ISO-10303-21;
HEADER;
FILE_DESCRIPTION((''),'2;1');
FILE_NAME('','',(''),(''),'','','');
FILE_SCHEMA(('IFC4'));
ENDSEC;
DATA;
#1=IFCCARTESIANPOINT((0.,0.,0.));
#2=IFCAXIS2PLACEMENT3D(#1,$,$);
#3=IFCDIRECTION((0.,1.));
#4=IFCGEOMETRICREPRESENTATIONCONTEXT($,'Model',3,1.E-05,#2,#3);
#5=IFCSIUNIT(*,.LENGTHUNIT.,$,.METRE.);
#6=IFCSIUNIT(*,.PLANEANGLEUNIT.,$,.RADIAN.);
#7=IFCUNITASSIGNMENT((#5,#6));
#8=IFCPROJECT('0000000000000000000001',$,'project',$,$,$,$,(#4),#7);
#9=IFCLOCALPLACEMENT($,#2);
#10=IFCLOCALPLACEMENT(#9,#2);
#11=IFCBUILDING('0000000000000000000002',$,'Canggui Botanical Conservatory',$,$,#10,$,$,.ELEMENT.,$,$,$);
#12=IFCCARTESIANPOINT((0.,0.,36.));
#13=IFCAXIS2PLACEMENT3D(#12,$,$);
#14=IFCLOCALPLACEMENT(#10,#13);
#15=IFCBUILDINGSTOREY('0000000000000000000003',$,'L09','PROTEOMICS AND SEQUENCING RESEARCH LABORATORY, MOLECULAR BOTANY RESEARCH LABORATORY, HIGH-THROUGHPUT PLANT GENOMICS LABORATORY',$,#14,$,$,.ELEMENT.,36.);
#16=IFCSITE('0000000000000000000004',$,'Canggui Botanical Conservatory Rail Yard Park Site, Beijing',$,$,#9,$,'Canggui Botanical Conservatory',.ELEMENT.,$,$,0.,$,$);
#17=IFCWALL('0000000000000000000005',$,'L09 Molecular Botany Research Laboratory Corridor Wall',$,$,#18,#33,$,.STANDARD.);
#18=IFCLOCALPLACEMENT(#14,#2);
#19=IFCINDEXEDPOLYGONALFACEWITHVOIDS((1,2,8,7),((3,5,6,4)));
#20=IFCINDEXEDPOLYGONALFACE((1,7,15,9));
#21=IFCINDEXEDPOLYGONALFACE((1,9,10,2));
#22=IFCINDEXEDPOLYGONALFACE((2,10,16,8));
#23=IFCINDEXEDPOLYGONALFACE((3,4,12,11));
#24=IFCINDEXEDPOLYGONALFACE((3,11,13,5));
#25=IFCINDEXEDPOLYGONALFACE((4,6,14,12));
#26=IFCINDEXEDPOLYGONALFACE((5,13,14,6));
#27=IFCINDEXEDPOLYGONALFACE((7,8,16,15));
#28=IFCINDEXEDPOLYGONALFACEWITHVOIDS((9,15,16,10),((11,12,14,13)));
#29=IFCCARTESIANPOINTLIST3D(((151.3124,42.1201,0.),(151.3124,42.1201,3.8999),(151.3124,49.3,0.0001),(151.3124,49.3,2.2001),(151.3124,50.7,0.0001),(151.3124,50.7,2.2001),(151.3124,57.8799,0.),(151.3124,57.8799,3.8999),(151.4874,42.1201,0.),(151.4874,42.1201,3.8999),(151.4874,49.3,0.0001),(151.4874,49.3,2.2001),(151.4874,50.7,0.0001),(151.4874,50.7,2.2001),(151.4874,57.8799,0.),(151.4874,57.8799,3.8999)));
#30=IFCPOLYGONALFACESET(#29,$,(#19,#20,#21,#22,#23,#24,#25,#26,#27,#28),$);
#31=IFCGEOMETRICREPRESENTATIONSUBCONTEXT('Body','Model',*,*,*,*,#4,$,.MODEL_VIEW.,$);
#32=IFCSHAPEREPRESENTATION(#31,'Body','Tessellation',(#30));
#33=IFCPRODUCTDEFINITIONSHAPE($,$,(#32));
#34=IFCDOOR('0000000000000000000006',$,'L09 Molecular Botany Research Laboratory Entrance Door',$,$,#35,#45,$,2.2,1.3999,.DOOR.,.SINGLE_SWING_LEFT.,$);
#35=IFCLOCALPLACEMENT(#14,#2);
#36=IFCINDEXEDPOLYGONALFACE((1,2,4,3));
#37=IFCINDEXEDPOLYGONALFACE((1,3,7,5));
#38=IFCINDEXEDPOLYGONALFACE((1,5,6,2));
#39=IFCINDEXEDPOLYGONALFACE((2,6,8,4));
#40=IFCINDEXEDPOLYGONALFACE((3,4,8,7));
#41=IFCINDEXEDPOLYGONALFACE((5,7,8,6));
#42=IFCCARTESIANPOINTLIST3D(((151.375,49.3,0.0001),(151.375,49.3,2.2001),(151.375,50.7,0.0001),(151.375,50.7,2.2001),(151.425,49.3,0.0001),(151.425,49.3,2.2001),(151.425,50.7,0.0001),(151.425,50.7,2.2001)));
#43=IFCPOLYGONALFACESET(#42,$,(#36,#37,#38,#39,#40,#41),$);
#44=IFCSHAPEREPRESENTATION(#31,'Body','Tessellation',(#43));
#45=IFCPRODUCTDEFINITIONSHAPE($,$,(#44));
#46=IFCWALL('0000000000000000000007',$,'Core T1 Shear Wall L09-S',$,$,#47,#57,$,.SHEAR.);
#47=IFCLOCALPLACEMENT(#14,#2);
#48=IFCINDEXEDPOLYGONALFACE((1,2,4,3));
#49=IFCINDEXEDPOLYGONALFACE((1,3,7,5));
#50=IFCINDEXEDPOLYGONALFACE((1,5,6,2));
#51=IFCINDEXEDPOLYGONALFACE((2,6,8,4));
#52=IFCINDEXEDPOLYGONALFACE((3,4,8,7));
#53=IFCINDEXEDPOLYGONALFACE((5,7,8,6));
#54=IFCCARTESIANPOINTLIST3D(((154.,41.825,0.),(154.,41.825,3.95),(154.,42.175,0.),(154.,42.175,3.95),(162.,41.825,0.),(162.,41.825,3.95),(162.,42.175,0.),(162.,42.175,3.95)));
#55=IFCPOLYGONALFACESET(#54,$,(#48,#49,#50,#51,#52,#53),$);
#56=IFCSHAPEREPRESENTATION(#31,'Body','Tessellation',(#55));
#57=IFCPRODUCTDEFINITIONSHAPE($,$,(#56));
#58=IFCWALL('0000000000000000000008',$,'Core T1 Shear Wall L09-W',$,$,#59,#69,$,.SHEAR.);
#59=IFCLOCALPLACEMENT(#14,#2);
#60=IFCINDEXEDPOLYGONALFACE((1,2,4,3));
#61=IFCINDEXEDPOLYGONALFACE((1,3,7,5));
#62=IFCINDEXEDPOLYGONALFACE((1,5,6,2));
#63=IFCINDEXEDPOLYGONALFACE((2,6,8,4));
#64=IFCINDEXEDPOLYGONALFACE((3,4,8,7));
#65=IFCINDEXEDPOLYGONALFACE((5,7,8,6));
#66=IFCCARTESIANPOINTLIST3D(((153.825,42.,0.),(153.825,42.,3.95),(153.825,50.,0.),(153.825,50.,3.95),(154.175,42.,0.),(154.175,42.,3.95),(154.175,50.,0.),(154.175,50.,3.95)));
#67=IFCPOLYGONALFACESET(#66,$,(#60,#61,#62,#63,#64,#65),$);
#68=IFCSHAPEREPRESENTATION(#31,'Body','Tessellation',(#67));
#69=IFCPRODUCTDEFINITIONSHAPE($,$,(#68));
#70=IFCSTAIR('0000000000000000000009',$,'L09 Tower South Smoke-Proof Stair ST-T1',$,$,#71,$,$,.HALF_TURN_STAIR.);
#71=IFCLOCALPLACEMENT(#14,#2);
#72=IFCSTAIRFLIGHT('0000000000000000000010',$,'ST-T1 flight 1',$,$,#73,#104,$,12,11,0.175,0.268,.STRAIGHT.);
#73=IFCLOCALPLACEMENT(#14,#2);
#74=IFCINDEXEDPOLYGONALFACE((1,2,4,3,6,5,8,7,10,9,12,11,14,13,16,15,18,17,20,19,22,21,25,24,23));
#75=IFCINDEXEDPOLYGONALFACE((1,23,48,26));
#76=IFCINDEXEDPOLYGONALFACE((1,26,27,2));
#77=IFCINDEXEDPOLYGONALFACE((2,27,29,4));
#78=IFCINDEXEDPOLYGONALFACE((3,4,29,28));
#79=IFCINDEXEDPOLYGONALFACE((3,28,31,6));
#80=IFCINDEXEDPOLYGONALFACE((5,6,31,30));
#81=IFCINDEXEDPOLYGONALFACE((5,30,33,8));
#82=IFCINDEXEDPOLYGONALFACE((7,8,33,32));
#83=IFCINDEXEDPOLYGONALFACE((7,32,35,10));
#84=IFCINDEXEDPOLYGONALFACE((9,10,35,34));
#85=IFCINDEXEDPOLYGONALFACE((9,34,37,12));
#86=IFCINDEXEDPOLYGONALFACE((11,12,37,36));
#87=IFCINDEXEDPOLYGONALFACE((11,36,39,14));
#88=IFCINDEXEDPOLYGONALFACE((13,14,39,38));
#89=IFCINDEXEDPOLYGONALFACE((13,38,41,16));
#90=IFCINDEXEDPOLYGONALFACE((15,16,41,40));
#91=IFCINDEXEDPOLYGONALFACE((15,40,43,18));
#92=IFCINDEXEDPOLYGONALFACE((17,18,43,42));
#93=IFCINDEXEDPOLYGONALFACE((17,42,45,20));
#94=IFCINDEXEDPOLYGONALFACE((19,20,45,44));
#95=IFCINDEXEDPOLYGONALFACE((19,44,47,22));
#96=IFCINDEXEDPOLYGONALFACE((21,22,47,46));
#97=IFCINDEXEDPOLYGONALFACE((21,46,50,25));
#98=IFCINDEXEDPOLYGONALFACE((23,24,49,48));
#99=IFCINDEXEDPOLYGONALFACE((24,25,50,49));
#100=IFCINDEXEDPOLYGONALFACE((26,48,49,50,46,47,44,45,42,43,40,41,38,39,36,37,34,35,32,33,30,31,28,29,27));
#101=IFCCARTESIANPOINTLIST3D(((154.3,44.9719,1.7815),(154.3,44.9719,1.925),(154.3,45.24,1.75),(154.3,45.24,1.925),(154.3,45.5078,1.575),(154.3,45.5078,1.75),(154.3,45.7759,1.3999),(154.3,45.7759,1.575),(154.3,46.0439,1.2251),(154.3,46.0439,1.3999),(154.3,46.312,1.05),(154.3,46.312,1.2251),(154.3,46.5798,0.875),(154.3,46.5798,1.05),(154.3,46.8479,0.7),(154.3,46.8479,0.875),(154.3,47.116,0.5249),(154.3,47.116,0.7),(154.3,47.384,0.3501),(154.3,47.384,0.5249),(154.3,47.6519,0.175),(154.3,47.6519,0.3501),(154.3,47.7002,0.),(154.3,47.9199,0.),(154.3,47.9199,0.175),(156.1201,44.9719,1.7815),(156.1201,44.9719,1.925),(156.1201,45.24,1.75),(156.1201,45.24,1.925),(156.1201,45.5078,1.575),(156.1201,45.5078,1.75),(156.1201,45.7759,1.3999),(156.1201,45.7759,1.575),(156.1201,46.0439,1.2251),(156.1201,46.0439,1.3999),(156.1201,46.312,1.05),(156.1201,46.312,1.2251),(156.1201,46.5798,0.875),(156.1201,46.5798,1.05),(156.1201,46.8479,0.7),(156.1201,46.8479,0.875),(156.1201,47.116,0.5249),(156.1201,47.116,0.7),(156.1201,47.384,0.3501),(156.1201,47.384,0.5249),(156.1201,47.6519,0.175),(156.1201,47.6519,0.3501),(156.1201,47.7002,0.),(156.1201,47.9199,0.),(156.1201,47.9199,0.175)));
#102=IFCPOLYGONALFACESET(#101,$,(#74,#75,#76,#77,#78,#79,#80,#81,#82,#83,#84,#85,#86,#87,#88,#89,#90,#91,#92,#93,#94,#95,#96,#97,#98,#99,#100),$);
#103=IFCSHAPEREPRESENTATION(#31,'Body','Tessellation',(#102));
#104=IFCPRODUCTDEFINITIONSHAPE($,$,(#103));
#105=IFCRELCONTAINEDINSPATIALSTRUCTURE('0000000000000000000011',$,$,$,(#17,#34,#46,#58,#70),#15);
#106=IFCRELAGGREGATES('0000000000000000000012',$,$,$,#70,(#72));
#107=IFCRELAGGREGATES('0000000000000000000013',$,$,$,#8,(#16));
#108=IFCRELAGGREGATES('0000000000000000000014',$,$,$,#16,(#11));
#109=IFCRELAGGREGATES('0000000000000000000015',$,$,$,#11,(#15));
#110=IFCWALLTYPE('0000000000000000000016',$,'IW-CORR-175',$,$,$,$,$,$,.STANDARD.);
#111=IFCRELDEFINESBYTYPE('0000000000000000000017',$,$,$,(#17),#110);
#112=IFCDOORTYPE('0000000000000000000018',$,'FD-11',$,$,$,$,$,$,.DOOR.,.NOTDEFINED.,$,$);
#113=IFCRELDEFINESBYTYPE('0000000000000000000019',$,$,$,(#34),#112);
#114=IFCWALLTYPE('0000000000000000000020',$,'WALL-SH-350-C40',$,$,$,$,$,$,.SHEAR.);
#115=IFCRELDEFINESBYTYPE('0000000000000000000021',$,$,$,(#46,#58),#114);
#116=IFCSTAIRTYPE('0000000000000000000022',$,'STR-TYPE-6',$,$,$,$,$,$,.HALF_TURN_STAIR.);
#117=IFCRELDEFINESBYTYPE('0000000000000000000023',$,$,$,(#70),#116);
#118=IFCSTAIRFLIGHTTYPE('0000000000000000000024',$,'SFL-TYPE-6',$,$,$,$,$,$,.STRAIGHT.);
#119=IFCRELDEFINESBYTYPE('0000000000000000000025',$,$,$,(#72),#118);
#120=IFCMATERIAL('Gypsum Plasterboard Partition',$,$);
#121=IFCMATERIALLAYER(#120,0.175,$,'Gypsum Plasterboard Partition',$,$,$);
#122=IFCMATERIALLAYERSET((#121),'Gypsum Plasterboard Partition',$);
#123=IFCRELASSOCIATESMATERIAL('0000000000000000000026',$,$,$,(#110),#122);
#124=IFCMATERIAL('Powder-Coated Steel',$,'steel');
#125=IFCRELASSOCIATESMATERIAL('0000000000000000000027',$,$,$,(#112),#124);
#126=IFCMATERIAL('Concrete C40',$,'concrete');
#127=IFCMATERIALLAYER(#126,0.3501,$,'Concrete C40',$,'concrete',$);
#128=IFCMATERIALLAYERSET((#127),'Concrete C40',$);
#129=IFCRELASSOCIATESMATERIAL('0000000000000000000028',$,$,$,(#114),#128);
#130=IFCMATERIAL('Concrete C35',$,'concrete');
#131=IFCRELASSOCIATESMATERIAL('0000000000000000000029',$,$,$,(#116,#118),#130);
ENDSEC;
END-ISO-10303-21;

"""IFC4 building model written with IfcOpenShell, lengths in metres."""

from ifc_helpers import new_model, si_unit, direction, frame, frame_2d, origin, place, context, subcontext, project, spatial, polyline, rectangle, outline, extrude, material, layer, layer_set, type_object, element, fill, aggregate, save


model = new_model("IFC4")

# Units and contexts
model_context = context("Model", 3, precision=1e-05, world=origin(), true_north=direction((0.0, 1.0)))
body_context = subcontext(model_context, "Body", "Model", "MODEL_VIEW")
ifc_project = project(units=[si_unit("LENGTHUNIT", "METRE"), si_unit("PLANEANGLEUNIT", "RADIAN")], contexts=[model_context])

# Site, building, storey
site_placement = place(None, origin())
site = spatial("IfcSite", under=ifc_project, at=site_placement, Name="Canggui Botanical Conservatory Rail Yard Park Site, Beijing", LongName="Canggui Botanical Conservatory", CompositionType="ELEMENT", RefElevation=0.0)
building_placement = place(site_placement, origin())
building = spatial("IfcBuilding", under=site, at=building_placement, Name="Canggui Botanical Conservatory", CompositionType="ELEMENT")
storey_placement = place(building_placement, frame((0.0, 0.0, 36.0)))
storey = spatial("IfcBuildingStorey", under=building, at=storey_placement, Name="L09", Description="PROTEOMICS AND SEQUENCING RESEARCH LABORATORY, MOLECULAR BOTANY RESEARCH LABORATORY, HIGH-THROUGHPUT PLANT GENOMICS LABORATORY", CompositionType="ELEMENT", Elevation=36.0)

# Shared definitions
ifc_material_1 = material(Name="Concrete C40", Category="concrete")

# Shared definitions
ifc_material_2 = material(Name="Concrete C35", Category="concrete")

# Wall, opening, door
ifc_material_3 = material(Name="Gypsum Plasterboard Partition")
ifc_layer_1 = layer(ifc_material_3, 0.175, Name="Gypsum Plasterboard Partition")
ifc_layer_set_1 = layer_set([ifc_layer_1], Name="Gypsum Plasterboard Partition")
wall_type_1 = type_object("IfcWallType", Name="IW-CORR-175", PredefinedType="STANDARD", material=ifc_layer_set_1)
wall_1_placement = place(storey_placement, frame((151.3999, 42.1201, 0.0), z_axis=(0.0, 0.0, 1.0), x_axis=(0.0, 1.0, 0.0)))
wall_1 = element("IfcWall", 1, at=wall_1_placement, inside=storey, type_object=wall_type_1, Name="L09 Molecular Botany Research Laboratory Corridor Wall", PredefinedType="STANDARD", context=body_context, shape_type="SweptSolid", body=[
    extrude(rectangle(XDim=15.7598, YDim=0.175, at=frame_2d((7.8799, 0.0))), origin(), (0.0, 0.0, 1.0), 3.8999),
])
opening_1_placement = place(wall_1_placement, frame((7.1799, 0.0, 0.0)))
opening_1 = element("IfcOpeningElement", 2, at=opening_1_placement, cuts=wall_1, PredefinedType="OPENING", context=body_context, shape_type="SweptSolid", body=[
    extrude(rectangle(XDim=1.3999, YDim=2.2, at=frame_2d((0.7, 1.1001))), frame((0.0, 0.0977, 0.0), z_axis=(0.0, -1.0, 0.0), x_axis=(1.0, 0.0, 0.0)), (0.0, 0.0, 1.0), 0.1951),
])
ifc_material_4 = material(Name="Powder-Coated Steel", Category="steel")
door_type = type_object("IfcDoorType", Name="FD-11", OperationType="NOTDEFINED", PredefinedType="DOOR", material=ifc_material_4)
door_placement = place(opening_1_placement, origin())
door = element("IfcDoor", 3, at=door_placement, inside=storey, type_object=door_type, Name="L09 Molecular Botany Research Laboratory Entrance Door", OperationType="SINGLE_SWING_LEFT", OverallHeight=2.2, OverallWidth=1.3999, PredefinedType="DOOR", context=body_context, shape_type="SweptSolid", body=[
    extrude(rectangle(XDim=1.3999, YDim=2.2, at=frame_2d((0.7, 1.1001))), frame((0.0, 0.0249, 0.0), z_axis=(0.0, -1.0, 0.0), x_axis=(1.0, 0.0, 0.0)), (0.0, 0.0, 1.0), 0.05),
])
fill(opening_1, door)

# Walls
ifc_layer_2 = layer(ifc_material_1, 0.3501, Name="Concrete C40", Category="concrete")
ifc_layer_set_2 = layer_set([ifc_layer_2], Name="Concrete C40")
wall_type_2 = type_object("IfcWallType", Name="WALL-SH-350-C40", PredefinedType="SHEAR", material=ifc_layer_set_2)
for number, where, z_axis, x_axis, name in (
    (4, (154.0, 42.0, 0.0), (0.0, 0.0, 1.0), (1.0, 0.0, 0.0), "Core T1 Shear Wall L09-S"),
    (5, (154.0, 50.0, 0.0), (0.0, 0.0, 1.0), (0.0, -1.0, 0.0), "Core T1 Shear Wall L09-W"),
):
    element("IfcWall", number, at=place(storey_placement, frame(where, z_axis=z_axis, x_axis=x_axis)), inside=storey, type_object=wall_type_2, Name=name, PredefinedType="SHEAR", context=body_context, shape_type="SweptSolid", body=[
        extrude(rectangle(XDim=8.0, YDim=0.3501, at=frame_2d((4.0, 0.0))), origin(), (0.0, 0.0, 1.0), 3.95),
    ])

# Stair, stair flight
stair_type = type_object("IfcStairType", Name="STR-TYPE-6", PredefinedType="HALF_TURN_STAIR", material=ifc_material_2)
stair_placement = place(storey_placement, origin())
stair = element("IfcStair", 6, at=stair_placement, inside=storey, type_object=stair_type, Name="L09 Tower South Smoke-Proof Stair ST-T1", PredefinedType="HALF_TURN_STAIR")
stair_flight_type = type_object("IfcStairFlightType", Name="SFL-TYPE-6", PredefinedType="STRAIGHT", material=ifc_material_2)
stair_flight_placement = place(storey_placement, frame((155.21, 47.9199, 0.0), z_axis=(0.0, 0.0, 1.0), x_axis=(0.0, -1.0, 0.0)))
stair_flight = element("IfcStairFlight", 7, at=stair_flight_placement, type_object=stair_flight_type, Name="ST-T1 flight 1", NumberOfRisers=12, NumberOfTreads=11, PredefinedType="STRAIGHT", RiserHeight=0.175, TreadLength=0.268, context=body_context, shape_type="SweptSolid", body=[
    extrude(outline(polyline([(0.0, 0.0), (0.0, 0.175), (0.2681, 0.175), (0.2681, 0.3501), (0.5359, 0.3501), (0.5359, 0.5249), (0.804, 0.5249), (0.804, 0.7), (1.072, 0.7), (1.072, 0.875), (1.3401, 0.875), (1.3401, 1.05), (1.6079, 1.05), (1.6079, 1.2251), (1.876, 1.2251), (1.876, 1.3999), (2.144, 1.3999), (2.144, 1.575), (2.4121, 1.575), (2.4121, 1.75), (2.6799, 1.75), (2.6799, 1.925), (2.948, 1.925), (2.948, 2.1001), (2.948, 1.7815), (0.2197, 0.0), (0.0, 0.0)])), frame((0.0, 0.9102, 0.0), z_axis=(0.0, -1.0, 0.0), x_axis=(1.0, 0.0, 0.0)), (0.0, 0.0, 1.0), 1.8201),
])
aggregate(stair, [stair_flight])

save(model, "model.ifc")
